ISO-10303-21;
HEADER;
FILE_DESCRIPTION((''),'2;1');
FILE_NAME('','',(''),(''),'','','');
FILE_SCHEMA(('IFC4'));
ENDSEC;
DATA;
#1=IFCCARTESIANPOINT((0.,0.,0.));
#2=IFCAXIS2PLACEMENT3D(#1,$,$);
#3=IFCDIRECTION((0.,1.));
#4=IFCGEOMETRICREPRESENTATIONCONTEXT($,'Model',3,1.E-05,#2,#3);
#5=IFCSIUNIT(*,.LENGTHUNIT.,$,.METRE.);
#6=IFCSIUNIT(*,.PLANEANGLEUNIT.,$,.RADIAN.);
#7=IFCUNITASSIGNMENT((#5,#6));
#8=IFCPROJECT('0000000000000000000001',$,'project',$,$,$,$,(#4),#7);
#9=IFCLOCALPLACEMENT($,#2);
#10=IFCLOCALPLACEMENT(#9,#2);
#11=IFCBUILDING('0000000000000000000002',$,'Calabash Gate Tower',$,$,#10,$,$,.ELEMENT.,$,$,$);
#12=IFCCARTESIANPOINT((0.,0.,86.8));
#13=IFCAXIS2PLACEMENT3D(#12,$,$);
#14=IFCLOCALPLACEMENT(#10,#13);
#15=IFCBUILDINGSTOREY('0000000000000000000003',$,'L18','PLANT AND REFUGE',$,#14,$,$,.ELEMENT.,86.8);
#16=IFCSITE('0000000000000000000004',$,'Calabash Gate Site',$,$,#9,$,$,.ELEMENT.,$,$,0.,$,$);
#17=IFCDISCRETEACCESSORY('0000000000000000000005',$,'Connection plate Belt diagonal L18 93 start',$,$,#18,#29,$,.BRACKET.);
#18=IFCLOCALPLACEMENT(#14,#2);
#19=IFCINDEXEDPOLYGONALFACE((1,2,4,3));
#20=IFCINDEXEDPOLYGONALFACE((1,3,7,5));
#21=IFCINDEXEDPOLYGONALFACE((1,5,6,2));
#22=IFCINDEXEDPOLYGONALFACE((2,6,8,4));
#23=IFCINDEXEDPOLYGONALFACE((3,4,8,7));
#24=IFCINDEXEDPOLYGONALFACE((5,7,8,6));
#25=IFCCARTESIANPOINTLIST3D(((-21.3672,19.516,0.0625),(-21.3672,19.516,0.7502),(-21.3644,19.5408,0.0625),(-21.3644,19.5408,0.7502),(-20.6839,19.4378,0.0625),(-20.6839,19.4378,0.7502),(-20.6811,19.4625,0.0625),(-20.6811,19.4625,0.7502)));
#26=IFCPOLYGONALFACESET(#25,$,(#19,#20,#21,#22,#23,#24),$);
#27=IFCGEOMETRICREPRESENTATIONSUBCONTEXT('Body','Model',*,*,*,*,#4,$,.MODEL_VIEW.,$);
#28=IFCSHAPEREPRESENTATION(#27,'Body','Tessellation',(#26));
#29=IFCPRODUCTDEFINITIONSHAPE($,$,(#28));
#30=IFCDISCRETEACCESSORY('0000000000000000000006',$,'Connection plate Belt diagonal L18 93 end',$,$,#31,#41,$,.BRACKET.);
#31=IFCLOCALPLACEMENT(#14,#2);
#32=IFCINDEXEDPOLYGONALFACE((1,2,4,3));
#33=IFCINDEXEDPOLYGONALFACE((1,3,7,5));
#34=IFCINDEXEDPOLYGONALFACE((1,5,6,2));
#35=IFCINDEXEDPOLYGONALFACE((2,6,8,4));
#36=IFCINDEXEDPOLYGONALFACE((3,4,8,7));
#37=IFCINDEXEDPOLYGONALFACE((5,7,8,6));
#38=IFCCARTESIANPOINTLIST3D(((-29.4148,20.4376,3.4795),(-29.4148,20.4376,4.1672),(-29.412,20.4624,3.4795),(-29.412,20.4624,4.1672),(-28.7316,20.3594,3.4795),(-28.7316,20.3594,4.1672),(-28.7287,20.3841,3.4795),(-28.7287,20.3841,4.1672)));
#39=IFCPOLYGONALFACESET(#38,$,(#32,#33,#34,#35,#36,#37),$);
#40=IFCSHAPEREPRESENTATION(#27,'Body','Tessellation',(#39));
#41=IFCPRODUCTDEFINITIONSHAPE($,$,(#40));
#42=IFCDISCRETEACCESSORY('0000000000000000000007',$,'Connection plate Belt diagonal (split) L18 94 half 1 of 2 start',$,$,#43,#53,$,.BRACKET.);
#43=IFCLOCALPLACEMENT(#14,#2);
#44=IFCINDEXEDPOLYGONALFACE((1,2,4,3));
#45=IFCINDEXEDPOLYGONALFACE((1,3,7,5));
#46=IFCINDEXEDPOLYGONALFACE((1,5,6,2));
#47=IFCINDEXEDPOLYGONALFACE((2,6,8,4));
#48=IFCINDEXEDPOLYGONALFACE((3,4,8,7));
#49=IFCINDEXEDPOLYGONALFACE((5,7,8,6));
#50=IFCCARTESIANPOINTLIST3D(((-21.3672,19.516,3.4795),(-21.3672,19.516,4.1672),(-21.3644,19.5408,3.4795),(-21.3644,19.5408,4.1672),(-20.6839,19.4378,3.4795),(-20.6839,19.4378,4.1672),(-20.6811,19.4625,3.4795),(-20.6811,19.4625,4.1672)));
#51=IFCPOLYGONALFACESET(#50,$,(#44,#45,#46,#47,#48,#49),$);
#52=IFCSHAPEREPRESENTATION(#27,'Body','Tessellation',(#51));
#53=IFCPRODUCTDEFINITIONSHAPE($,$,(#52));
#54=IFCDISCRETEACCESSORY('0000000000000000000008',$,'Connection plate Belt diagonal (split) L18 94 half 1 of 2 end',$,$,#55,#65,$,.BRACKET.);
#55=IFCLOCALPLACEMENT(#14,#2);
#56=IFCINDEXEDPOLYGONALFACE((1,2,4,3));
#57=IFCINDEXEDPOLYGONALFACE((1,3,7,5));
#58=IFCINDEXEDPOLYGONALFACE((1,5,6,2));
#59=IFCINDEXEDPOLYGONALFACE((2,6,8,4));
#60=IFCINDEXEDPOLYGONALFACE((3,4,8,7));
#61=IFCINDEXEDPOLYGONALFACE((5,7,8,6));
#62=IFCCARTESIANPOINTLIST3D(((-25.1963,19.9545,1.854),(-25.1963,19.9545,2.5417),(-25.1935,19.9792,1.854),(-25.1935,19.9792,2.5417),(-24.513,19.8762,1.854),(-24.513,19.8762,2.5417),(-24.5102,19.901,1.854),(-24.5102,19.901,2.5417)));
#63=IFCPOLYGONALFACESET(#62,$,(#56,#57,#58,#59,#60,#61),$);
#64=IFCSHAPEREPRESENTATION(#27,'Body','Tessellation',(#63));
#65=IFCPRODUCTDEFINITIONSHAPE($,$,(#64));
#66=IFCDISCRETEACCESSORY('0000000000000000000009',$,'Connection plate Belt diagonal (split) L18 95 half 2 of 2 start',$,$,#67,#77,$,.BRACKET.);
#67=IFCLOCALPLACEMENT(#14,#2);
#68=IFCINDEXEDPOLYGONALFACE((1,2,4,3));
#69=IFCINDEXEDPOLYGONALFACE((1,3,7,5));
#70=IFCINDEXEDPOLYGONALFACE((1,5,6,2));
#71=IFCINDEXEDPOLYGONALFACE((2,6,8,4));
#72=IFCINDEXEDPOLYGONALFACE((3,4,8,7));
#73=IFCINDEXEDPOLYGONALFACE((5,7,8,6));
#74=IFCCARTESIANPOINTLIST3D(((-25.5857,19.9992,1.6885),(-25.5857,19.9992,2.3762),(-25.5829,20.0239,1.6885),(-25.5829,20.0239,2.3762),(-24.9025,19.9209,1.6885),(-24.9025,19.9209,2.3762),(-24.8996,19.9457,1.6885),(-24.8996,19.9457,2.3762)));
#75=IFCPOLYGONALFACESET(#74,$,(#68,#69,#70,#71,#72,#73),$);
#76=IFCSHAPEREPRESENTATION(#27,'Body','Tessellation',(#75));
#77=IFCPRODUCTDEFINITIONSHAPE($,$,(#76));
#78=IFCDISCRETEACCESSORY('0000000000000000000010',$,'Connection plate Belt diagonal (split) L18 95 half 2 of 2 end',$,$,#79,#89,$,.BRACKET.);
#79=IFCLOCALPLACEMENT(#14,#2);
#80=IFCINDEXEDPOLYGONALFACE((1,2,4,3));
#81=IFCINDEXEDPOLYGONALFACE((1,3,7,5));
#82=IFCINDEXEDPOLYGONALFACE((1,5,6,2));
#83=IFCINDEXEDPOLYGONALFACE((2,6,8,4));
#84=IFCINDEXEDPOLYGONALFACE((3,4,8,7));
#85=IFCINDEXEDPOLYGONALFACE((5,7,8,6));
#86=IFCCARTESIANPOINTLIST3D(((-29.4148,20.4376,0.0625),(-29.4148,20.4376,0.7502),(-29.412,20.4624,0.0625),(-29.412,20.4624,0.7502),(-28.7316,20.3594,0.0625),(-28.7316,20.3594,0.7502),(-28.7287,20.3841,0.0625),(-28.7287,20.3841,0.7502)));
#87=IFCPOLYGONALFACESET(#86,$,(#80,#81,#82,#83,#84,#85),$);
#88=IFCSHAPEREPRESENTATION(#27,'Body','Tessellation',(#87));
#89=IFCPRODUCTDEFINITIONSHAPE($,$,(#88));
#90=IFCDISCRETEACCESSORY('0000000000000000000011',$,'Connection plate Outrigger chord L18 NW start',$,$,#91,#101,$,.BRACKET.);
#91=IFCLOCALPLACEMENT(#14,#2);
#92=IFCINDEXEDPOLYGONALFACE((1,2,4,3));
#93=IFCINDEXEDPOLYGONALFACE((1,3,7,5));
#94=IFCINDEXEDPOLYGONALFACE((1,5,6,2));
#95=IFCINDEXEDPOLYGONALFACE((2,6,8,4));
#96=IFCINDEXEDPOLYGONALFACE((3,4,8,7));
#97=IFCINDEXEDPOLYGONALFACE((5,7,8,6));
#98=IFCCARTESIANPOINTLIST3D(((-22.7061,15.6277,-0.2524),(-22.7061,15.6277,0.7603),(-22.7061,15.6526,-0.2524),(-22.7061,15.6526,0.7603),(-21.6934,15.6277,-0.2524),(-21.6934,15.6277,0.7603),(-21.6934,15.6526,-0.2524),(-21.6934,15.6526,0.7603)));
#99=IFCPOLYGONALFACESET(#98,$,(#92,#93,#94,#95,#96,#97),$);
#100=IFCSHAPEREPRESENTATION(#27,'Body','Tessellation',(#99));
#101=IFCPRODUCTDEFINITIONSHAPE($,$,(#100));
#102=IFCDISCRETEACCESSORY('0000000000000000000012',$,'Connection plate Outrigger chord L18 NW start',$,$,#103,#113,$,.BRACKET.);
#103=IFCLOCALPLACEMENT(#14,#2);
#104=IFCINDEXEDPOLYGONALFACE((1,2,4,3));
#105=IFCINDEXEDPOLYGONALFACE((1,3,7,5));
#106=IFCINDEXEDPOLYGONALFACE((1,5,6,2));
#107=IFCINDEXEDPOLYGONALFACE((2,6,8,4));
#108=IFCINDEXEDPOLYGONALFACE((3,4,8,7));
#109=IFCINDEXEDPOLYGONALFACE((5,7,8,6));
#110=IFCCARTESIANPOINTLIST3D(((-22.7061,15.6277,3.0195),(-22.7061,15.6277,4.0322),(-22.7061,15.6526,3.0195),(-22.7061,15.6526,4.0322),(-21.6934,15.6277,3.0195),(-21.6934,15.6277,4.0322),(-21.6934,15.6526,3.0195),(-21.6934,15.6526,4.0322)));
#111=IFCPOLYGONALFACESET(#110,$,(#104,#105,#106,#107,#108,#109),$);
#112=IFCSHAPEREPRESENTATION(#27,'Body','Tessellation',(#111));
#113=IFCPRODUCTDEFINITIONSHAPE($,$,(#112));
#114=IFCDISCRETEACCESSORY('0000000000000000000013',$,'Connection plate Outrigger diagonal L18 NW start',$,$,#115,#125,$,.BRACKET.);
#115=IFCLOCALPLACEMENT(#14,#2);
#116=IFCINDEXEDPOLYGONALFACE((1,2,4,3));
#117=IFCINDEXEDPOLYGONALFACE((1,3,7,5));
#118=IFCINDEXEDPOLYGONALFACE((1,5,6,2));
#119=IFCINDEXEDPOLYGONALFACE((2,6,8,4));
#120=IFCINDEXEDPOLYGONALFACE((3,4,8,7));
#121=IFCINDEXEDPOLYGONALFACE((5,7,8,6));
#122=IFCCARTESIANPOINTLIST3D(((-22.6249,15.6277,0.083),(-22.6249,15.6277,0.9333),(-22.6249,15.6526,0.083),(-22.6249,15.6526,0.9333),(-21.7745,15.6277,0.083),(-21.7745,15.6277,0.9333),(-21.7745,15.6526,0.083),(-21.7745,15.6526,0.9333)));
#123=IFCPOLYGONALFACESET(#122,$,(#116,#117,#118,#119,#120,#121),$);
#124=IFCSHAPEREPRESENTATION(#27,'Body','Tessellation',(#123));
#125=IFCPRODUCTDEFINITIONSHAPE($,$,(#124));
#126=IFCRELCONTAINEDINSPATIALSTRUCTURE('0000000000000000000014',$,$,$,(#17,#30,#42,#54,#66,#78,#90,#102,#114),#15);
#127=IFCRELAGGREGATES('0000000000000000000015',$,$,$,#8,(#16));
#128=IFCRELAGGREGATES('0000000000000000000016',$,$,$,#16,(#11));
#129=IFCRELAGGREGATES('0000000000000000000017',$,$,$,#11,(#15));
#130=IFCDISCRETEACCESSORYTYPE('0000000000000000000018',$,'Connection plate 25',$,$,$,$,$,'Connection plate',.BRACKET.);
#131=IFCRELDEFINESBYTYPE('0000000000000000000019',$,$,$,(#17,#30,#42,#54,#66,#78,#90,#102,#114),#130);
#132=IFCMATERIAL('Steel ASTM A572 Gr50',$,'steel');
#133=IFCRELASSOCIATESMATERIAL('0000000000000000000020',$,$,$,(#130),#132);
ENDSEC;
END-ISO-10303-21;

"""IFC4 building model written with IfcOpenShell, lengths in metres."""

from ifc_helpers import new_model, si_unit, direction, frame, origin, origin_2d, place, context, subcontext, project, spatial, rectangle, extrude, material, type_object, element, save


model = new_model("IFC4")

# Units and contexts
model_context = context("Model", 3, precision=1e-05, world=origin(), true_north=direction((0.0, 1.0)))
body_context = subcontext(model_context, "Body", "Model", "MODEL_VIEW")
ifc_project = project(units=[si_unit("LENGTHUNIT", "METRE"), si_unit("PLANEANGLEUNIT", "RADIAN")], contexts=[model_context])

# Site, building, storey
site_placement = place(None, origin())
site = spatial("IfcSite", under=ifc_project, at=site_placement, Name="Calabash Gate Site", CompositionType="ELEMENT", RefElevation=0.0)
building_placement = place(site_placement, origin())
building = spatial("IfcBuilding", under=site, at=building_placement, Name="Calabash Gate Tower", CompositionType="ELEMENT")
storey_placement = place(building_placement, frame((0.0, 0.0, 86.8)))
storey = spatial("IfcBuildingStorey", under=building, at=storey_placement, Name="L18", Description="PLANT AND REFUGE", CompositionType="ELEMENT", Elevation=86.8)

# Discrete accessories
ifc_material_1 = material(Name="Steel ASTM A572 Gr50", Category="steel")
discrete_accessory_type = type_object("IfcDiscreteAccessoryType", Name="Connection plate 25", ElementType="Connection plate", PredefinedType="BRACKET", material=ifc_material_1)
for number, where, z_axis, x_axis, name in (
    (1, (-21.0242, 19.4893, 0.0625), (0.0, 0.0, 1.0), (-0.993506, 0.113777, 0.0), "Connection plate Belt diagonal L18 93 start"),
    (2, (-29.0718, 20.4109, 3.4795), (0.0, 0.0, 1.0), (-0.993506, 0.113777, 0.0), "Connection plate Belt diagonal L18 93 end"),
    (3, (-21.0242, 19.4893, 3.4795), (0.0, 0.0, 1.0), (-0.993506, 0.113777, 0.0), "Connection plate Belt diagonal (split) L18 94 half 1 of 2 start"),
    (4, (-24.8533, 19.9277, 1.854), (0.0, 0.0, 1.0), (-0.993506, 0.113777, 0.0), "Connection plate Belt diagonal (split) L18 94 half 1 of 2 end"),
    (5, (-25.2427, 19.9724, 1.6885), (0.0, 0.0, 1.0), (-0.993506, 0.113777, 0.0), "Connection plate Belt diagonal (split) L18 95 half 2 of 2 start"),
    (6, (-29.0718, 20.4109, 0.0625), (0.0, 0.0, 1.0), (-0.993506, 0.113777, 0.0), "Connection plate Belt diagonal (split) L18 95 half 2 of 2 end"),
):
    element("IfcDiscreteAccessory", number, at=place(storey_placement, frame(where, z_axis=z_axis, x_axis=x_axis)), inside=storey, type_object=discrete_accessory_type, Name=name, PredefinedType="BRACKET", context=body_context, shape_type="SweptSolid", body=[
        extrude(rectangle(XDim=0.6877, YDim=0.0249, at=origin_2d()), origin(), (0.0, 0.0, 1.0), 0.6877),
    ])
for number, where, z_axis, x_axis, name in (
    (7, (-22.1997, 15.6401, -0.2524), (0.0, 0.0, 1.0), (1.0, 0.0, 0.0), "Connection plate Outrigger chord L18 NW start"),
    (8, (-22.1997, 15.6401, 3.0195), (0.0, 0.0, 1.0), (1.0, 0.0, 0.0), "Connection plate Outrigger chord L18 NW start"),
):
    element("IfcDiscreteAccessory", number, at=place(storey_placement, frame(where, z_axis=z_axis, x_axis=x_axis)), inside=storey, type_object=discrete_accessory_type, Name=name, PredefinedType="BRACKET", context=body_context, shape_type="SweptSolid", body=[
        extrude(rectangle(XDim=1.0127, YDim=0.0249, at=origin_2d()), origin(), (0.0, 0.0, 1.0), 1.0127),
    ])
discrete_accessory_placement = place(storey_placement, frame((-22.1997, 15.6401, 0.083), z_axis=(0.0, 0.0, 1.0), x_axis=(1.0, 0.0, 0.0)))
element("IfcDiscreteAccessory", 9, at=discrete_accessory_placement, inside=storey, type_object=discrete_accessory_type, Name="Connection plate Outrigger diagonal L18 NW start", PredefinedType="BRACKET", context=body_context, shape_type="SweptSolid", body=[
    extrude(rectangle(XDim=0.8503, YDim=0.0249, at=origin_2d()), origin(), (0.0, 0.0, 1.0), 0.8503),
])

save(model, "model.ifc")
